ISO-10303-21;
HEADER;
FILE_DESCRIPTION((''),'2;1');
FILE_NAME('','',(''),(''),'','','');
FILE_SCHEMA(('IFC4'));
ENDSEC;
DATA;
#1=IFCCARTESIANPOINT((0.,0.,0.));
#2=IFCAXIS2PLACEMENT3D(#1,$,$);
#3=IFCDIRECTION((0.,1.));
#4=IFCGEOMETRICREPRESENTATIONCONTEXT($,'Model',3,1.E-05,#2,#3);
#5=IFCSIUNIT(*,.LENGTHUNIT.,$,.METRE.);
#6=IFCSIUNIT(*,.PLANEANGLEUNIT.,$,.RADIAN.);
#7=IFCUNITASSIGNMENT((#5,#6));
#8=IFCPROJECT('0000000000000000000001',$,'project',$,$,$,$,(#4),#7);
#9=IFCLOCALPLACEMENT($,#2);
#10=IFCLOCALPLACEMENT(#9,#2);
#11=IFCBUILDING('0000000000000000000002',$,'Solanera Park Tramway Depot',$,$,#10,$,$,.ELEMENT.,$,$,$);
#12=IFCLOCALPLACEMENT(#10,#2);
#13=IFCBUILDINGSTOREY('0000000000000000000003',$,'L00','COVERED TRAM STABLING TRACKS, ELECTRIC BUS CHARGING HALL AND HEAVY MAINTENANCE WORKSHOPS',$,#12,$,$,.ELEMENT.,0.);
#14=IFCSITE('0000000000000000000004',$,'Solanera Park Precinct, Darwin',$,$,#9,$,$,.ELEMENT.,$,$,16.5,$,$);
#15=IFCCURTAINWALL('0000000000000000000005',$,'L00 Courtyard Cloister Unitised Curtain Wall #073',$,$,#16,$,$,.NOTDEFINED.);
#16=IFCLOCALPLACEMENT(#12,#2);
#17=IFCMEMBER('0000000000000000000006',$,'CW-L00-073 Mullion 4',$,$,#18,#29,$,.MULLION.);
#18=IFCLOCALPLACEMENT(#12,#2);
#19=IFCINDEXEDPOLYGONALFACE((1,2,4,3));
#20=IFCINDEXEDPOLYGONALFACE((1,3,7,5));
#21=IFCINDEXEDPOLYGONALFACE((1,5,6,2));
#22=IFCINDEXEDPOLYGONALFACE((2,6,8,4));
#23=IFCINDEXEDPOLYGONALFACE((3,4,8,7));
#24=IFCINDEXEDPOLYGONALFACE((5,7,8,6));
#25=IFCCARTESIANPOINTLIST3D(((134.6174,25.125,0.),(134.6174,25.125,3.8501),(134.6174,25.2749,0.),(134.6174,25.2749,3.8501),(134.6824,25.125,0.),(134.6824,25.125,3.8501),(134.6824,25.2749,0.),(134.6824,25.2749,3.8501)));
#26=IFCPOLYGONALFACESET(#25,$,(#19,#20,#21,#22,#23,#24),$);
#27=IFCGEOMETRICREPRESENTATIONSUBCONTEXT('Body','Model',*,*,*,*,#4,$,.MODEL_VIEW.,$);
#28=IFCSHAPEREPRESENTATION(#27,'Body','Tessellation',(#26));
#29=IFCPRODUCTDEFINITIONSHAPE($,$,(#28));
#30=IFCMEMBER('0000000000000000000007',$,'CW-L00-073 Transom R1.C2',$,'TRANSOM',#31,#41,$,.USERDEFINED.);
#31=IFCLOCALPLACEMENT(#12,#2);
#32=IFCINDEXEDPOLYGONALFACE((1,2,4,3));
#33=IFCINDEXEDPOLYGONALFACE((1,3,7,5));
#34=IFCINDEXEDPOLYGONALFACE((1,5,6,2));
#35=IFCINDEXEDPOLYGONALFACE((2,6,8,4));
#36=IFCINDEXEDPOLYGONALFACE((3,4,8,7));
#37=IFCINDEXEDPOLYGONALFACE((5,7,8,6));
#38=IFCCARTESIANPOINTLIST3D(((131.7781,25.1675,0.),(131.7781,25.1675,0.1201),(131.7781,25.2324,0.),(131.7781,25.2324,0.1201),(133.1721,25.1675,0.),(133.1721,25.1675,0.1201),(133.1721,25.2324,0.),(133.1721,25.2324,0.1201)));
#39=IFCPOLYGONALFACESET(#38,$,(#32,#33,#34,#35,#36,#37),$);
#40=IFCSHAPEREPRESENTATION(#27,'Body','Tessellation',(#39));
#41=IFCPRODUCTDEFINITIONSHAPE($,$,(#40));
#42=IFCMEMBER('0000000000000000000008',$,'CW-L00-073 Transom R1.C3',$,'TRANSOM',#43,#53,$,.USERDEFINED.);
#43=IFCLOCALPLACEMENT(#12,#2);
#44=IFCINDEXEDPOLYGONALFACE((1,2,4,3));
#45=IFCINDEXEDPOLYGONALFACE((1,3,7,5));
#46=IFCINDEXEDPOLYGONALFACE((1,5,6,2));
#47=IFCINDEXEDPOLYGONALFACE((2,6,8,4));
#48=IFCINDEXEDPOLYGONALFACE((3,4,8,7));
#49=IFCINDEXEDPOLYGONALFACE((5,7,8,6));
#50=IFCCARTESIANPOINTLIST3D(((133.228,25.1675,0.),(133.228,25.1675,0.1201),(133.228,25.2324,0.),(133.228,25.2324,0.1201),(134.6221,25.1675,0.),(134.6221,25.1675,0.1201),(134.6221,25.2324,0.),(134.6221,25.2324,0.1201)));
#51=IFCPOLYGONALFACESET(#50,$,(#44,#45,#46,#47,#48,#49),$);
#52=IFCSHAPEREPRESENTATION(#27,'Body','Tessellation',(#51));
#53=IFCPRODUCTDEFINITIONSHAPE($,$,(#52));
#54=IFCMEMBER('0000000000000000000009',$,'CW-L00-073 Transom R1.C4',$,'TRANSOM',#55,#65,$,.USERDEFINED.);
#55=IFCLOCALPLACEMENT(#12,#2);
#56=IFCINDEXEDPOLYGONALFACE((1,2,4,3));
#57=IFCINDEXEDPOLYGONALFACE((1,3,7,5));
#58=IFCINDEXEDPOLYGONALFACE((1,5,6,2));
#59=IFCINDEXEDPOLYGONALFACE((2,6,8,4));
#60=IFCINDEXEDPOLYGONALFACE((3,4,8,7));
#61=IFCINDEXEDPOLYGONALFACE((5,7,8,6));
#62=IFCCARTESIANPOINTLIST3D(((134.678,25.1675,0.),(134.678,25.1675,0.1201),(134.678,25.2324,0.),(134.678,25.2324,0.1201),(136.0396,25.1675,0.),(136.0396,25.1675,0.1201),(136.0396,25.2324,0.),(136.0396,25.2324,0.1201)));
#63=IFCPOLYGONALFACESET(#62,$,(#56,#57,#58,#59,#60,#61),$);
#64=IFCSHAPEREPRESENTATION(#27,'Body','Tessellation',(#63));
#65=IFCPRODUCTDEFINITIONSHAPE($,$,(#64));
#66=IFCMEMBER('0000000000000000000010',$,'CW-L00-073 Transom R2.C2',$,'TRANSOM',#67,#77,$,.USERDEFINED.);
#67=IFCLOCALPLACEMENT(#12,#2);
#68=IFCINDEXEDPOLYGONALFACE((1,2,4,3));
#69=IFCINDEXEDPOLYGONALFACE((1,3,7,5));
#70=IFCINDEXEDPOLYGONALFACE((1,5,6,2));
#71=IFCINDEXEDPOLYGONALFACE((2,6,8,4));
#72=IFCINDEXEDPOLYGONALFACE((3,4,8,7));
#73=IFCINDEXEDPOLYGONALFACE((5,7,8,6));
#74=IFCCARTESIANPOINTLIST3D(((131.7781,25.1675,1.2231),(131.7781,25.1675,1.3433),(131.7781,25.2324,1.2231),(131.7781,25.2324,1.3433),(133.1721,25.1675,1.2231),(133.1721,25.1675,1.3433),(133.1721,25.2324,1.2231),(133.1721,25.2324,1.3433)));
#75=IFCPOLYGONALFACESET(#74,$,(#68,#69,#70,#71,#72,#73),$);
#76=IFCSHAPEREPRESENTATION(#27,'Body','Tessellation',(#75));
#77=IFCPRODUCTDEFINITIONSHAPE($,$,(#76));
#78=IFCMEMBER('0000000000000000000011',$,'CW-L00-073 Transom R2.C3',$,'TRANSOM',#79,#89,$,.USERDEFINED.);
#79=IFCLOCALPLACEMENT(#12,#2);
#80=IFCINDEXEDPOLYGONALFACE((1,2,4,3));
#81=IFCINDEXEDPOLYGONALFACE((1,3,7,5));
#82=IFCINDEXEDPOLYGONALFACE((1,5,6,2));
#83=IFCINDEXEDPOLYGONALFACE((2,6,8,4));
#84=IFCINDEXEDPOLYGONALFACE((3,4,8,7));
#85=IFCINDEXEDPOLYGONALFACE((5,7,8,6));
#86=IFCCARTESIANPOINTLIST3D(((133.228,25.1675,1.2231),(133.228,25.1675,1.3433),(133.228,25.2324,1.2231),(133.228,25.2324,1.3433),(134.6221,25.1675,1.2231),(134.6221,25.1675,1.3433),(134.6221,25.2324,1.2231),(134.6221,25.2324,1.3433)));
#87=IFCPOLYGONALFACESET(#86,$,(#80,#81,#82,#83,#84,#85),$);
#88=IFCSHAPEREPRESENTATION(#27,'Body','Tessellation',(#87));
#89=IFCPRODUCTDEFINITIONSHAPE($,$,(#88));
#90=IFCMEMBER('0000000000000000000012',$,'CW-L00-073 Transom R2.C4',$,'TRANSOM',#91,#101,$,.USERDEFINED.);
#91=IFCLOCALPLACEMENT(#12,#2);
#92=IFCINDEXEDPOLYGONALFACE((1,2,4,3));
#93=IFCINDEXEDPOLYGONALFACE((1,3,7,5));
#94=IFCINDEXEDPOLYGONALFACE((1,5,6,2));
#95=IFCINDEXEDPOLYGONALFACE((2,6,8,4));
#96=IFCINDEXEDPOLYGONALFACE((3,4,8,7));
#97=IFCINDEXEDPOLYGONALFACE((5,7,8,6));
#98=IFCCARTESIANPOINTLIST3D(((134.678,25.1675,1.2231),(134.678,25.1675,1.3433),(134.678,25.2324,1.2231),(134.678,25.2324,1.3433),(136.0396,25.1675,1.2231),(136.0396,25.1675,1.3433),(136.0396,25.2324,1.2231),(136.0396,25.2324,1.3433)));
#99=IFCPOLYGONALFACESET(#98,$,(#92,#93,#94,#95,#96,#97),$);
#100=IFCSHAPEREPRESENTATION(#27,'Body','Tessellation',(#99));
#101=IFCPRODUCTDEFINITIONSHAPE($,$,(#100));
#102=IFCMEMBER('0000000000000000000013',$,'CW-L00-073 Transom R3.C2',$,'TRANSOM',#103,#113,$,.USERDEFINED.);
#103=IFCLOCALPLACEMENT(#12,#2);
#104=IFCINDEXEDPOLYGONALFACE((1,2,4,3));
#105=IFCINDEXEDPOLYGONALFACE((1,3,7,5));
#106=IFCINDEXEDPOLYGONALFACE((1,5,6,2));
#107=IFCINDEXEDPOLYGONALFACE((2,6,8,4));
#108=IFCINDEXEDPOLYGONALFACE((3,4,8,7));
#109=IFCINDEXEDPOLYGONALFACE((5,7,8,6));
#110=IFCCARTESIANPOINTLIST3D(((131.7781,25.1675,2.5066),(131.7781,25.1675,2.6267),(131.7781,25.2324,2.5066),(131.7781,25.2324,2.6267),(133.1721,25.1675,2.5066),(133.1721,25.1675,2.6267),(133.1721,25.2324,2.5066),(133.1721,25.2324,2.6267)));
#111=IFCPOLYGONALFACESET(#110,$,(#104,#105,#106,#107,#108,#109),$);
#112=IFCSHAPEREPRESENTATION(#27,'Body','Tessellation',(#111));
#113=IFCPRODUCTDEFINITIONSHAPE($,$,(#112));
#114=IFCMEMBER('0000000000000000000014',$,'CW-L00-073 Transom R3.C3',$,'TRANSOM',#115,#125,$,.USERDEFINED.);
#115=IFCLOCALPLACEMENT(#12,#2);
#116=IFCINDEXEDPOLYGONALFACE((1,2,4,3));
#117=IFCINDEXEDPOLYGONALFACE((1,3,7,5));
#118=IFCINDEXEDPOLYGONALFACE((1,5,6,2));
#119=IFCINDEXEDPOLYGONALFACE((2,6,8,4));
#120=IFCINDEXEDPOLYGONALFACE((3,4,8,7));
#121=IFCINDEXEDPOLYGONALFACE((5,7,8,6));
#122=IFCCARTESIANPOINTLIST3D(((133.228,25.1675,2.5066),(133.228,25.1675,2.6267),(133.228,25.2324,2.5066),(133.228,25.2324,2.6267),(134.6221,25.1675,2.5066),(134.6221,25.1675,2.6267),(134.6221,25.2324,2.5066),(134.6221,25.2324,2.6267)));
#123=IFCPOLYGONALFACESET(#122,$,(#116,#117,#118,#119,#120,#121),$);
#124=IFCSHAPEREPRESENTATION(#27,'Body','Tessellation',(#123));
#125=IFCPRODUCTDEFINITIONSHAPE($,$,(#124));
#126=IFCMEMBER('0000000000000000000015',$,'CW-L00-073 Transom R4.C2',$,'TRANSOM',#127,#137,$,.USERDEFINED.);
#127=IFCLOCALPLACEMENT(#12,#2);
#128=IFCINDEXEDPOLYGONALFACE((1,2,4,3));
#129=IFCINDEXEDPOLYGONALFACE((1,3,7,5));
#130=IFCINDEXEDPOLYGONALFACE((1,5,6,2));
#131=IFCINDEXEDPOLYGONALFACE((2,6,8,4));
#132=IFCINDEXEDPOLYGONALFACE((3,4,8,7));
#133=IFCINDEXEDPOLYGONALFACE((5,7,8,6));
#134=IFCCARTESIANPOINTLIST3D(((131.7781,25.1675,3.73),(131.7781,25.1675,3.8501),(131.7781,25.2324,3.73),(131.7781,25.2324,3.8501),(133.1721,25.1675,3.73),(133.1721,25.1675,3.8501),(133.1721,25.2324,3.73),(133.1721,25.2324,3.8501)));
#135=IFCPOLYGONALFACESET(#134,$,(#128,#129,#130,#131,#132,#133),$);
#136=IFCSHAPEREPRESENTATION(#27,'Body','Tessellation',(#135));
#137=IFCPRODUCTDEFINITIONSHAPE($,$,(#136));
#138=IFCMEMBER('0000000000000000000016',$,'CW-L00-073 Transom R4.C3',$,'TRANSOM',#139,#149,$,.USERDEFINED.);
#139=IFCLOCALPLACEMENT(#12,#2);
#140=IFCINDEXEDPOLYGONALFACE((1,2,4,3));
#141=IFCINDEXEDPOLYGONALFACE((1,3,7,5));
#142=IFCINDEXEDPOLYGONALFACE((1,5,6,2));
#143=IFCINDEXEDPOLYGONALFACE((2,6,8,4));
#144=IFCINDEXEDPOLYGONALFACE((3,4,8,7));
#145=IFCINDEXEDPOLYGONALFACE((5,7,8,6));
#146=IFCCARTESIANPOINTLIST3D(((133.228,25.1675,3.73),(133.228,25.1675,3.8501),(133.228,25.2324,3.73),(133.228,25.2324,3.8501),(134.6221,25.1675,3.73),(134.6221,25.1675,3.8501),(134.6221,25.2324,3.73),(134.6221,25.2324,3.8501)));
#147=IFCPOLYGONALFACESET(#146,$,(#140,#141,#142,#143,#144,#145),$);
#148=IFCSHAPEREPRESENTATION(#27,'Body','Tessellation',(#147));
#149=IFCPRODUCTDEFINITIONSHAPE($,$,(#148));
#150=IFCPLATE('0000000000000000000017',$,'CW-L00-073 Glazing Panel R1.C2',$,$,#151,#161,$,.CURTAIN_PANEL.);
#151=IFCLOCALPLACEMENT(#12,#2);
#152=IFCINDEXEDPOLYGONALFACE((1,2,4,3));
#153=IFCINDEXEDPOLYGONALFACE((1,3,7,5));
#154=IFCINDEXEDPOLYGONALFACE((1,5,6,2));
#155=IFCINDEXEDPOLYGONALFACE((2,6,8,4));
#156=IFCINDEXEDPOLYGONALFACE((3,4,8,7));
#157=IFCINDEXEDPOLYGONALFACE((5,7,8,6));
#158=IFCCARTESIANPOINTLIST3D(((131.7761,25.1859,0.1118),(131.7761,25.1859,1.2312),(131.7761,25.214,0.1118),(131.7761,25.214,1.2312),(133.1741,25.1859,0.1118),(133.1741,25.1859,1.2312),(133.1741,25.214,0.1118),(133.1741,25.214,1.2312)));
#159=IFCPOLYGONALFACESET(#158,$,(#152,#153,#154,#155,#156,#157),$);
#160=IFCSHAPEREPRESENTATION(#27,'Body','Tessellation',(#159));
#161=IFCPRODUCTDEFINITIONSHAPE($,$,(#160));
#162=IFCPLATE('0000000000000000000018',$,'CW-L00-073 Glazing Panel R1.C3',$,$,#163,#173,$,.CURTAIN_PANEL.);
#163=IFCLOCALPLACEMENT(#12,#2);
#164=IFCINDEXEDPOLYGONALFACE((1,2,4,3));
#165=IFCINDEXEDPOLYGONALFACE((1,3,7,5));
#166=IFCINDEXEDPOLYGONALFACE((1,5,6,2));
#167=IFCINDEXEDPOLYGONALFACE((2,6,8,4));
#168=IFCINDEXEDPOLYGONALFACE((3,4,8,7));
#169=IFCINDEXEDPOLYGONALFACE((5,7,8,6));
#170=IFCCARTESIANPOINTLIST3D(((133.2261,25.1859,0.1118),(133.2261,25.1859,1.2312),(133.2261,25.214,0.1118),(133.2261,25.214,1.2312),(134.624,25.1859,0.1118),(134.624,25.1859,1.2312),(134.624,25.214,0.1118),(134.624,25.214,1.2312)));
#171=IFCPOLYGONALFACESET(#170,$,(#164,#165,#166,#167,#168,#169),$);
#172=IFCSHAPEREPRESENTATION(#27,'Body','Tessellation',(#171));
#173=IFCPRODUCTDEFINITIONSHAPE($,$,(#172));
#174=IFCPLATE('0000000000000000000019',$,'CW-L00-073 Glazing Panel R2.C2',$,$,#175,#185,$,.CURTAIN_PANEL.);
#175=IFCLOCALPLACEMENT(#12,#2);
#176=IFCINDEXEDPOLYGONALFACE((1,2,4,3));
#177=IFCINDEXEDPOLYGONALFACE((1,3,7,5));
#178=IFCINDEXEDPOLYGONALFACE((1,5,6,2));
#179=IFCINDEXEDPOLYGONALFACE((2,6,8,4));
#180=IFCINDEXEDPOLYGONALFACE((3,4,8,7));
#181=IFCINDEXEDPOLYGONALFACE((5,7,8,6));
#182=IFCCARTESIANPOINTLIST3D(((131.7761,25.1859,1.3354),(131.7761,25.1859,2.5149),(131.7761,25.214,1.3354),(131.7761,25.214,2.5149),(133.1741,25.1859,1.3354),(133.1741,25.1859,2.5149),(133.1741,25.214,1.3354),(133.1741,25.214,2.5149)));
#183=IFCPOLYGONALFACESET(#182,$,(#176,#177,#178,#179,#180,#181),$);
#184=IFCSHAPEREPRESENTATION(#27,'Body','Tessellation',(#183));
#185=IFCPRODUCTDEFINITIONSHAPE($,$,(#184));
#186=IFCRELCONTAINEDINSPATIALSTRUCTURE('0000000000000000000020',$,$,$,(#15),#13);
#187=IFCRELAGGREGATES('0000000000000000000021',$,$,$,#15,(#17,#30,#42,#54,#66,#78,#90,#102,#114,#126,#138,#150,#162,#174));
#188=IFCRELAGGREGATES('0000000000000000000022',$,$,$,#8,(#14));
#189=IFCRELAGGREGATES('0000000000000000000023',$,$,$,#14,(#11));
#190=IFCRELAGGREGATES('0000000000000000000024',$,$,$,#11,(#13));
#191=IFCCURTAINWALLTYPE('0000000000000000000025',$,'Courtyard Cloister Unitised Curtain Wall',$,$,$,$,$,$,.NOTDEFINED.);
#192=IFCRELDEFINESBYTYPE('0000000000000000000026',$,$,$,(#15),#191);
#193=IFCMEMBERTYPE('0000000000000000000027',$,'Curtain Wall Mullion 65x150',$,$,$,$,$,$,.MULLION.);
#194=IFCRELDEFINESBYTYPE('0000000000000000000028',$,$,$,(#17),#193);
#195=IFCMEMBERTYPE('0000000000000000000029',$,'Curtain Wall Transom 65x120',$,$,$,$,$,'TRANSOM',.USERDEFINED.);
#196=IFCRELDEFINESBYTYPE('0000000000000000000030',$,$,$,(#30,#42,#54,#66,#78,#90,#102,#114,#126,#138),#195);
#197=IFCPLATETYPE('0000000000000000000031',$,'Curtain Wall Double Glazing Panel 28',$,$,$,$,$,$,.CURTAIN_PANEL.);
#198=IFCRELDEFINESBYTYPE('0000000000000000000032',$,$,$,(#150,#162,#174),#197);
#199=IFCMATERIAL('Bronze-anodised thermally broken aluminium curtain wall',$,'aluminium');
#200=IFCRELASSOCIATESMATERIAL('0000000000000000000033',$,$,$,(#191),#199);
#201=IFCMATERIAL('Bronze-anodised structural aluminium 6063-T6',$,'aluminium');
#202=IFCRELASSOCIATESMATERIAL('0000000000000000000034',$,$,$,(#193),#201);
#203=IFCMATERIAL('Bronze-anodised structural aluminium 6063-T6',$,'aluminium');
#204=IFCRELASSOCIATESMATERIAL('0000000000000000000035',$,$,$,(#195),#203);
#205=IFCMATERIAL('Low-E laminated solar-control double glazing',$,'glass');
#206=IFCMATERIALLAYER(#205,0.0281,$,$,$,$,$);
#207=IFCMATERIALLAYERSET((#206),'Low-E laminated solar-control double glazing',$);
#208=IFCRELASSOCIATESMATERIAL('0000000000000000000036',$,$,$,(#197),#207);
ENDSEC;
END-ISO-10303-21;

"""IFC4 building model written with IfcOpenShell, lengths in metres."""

from ifc_helpers import new_model, si_unit, direction, frame, origin, origin_2d, place, context, subcontext, project, spatial, rectangle, extrude, material, layer, layer_set, material_profile, profile_set, type_object, element, aggregate, save


model = new_model("IFC4")

# Units and contexts
model_context = context("Model", 3, precision=1e-05, world=origin(), true_north=direction((0.0, 1.0)))
body_context = subcontext(model_context, "Body", "Model", "MODEL_VIEW")
ifc_project = project(units=[si_unit("LENGTHUNIT", "METRE"), si_unit("PLANEANGLEUNIT", "RADIAN")], contexts=[model_context])

# Site, building, storey
site_placement = place(None, origin())
site = spatial("IfcSite", under=ifc_project, at=site_placement, Name="Solanera Park Precinct, Darwin", CompositionType="ELEMENT", RefElevation=16.5)
building_placement = place(site_placement, origin())
building = spatial("IfcBuilding", under=site, at=building_placement, Name="Solanera Park Tramway Depot", CompositionType="ELEMENT")
storey_placement = place(building_placement, origin())
storey = spatial("IfcBuildingStorey", under=building, at=storey_placement, Name="L00", Description="COVERED TRAM STABLING TRACKS, ELECTRIC BUS CHARGING HALL AND HEAVY MAINTENANCE WORKSHOPS", CompositionType="ELEMENT", Elevation=0.0)

# Curtain wall, members, plates
ifc_material_1 = material(Name="Bronze-anodised thermally broken aluminium curtain wall", Category="aluminium")
curtain_wall_type = type_object("IfcCurtainWallType", Name="Courtyard Cloister Unitised Curtain Wall", PredefinedType="NOTDEFINED", material=ifc_material_1)
curtain_wall_placement = place(storey_placement, origin())
curtain_wall = element("IfcCurtainWall", 1, at=curtain_wall_placement, inside=storey, type_object=curtain_wall_type, Name="L00 Courtyard Cloister Unitised Curtain Wall #073", PredefinedType="NOTDEFINED")
ifc_material_2 = material(Name="Bronze-anodised structural aluminium 6063-T6", Category="aluminium")
ifc_material_profile_1 = material_profile(ifc_material_2, rectangle(XDim=0.0649, YDim=0.1499, at=origin_2d()), Name="Curtain Wall Mullion 65x150")
ifc_profile_set_1 = profile_set([ifc_material_profile_1], Name="Bronze-anodised structural aluminium 6063-T6")
member_type_1 = type_object("IfcMemberType", Name="Curtain Wall Mullion 65x150", PredefinedType="MULLION", material=ifc_profile_set_1)
member_1_placement = place(storey_placement, frame((134.6499, 25.2, 0.0), z_axis=(0.0, 0.0, 1.0), x_axis=(1.0, 0.0, 0.0)))
member_1 = element("IfcMember", 2, at=member_1_placement, type_object=member_type_1, Name="CW-L00-073 Mullion 4", PredefinedType="MULLION", context=body_context, shape_type="SweptSolid", body=[
    extrude(rectangle(XDim=0.0649, YDim=0.1499, at=origin_2d()), origin(), (0.0, 0.0, 1.0), 3.8501),
])
ifc_material_3 = material(Name="Bronze-anodised structural aluminium 6063-T6", Category="aluminium")
ifc_material_profile_2 = material_profile(ifc_material_3, rectangle(XDim=0.0649, YDim=0.1201, at=origin_2d()), Name="Curtain Wall Transom 65x120")
ifc_profile_set_2 = profile_set([ifc_material_profile_2], Name="Bronze-anodised structural aluminium 6063-T6")
member_type_2 = type_object("IfcMemberType", Name="Curtain Wall Transom 65x120", ElementType="TRANSOM", PredefinedType="USERDEFINED", material=ifc_profile_set_2)
member_2_placement = place(storey_placement, frame((131.7781, 25.2, 0.0601), z_axis=(1.0, 0.0, 0.0), x_axis=(0.0, 1.0, 0.0)))
member_2 = element("IfcMember", 3, at=member_2_placement, type_object=member_type_2, Name="CW-L00-073 Transom R1.C2", ObjectType="TRANSOM", PredefinedType="USERDEFINED", context=body_context, shape_type="SweptSolid", body=[
    extrude(rectangle(XDim=0.0649, YDim=0.1201, at=origin_2d()), origin(), (0.0, 0.0, 1.0), 1.394),
])
member_3_placement = place(storey_placement, frame((133.228, 25.2, 0.0601), z_axis=(1.0, 0.0, 0.0), x_axis=(0.0, 1.0, 0.0)))
member_3 = element("IfcMember", 4, at=member_3_placement, type_object=member_type_2, Name="CW-L00-073 Transom R1.C3", ObjectType="TRANSOM", PredefinedType="USERDEFINED", context=body_context, shape_type="SweptSolid", body=[
    extrude(rectangle(XDim=0.0649, YDim=0.1201, at=origin_2d()), origin(), (0.0, 0.0, 1.0), 1.394),
])
member_4_placement = place(storey_placement, frame((134.678, 25.2, 0.0601), z_axis=(1.0, 0.0, 0.0), x_axis=(0.0, 1.0, 0.0)))
member_4 = element("IfcMember", 5, at=member_4_placement, type_object=member_type_2, Name="CW-L00-073 Transom R1.C4", ObjectType="TRANSOM", PredefinedType="USERDEFINED", context=body_context, shape_type="SweptSolid", body=[
    extrude(rectangle(XDim=0.0649, YDim=0.1201, at=origin_2d()), origin(), (0.0, 0.0, 1.0), 1.3616),
])
member_5_placement = place(storey_placement, frame((131.7781, 25.2, 1.2832), z_axis=(1.0, 0.0, 0.0), x_axis=(0.0, 1.0, 0.0)))
member_5 = element("IfcMember", 6, at=member_5_placement, type_object=member_type_2, Name="CW-L00-073 Transom R2.C2", ObjectType="TRANSOM", PredefinedType="USERDEFINED", context=body_context, shape_type="SweptSolid", body=[
    extrude(rectangle(XDim=0.0649, YDim=0.1201, at=origin_2d()), origin(), (0.0, 0.0, 1.0), 1.394),
])
member_6_placement = place(storey_placement, frame((133.228, 25.2, 1.2832), z_axis=(1.0, 0.0, 0.0), x_axis=(0.0, 1.0, 0.0)))
member_6 = element("IfcMember", 7, at=member_6_placement, type_object=member_type_2, Name="CW-L00-073 Transom R2.C3", ObjectType="TRANSOM", PredefinedType="USERDEFINED", context=body_context, shape_type="SweptSolid", body=[
    extrude(rectangle(XDim=0.0649, YDim=0.1201, at=origin_2d()), origin(), (0.0, 0.0, 1.0), 1.394),
])
member_7_placement = place(storey_placement, frame((134.678, 25.2, 1.2832), z_axis=(1.0, 0.0, 0.0), x_axis=(0.0, 1.0, 0.0)))
member_7 = element("IfcMember", 8, at=member_7_placement, type_object=member_type_2, Name="CW-L00-073 Transom R2.C4", ObjectType="TRANSOM", PredefinedType="USERDEFINED", context=body_context, shape_type="SweptSolid", body=[
    extrude(rectangle(XDim=0.0649, YDim=0.1201, at=origin_2d()), origin(), (0.0, 0.0, 1.0), 1.3616),
])
member_8_placement = place(storey_placement, frame((131.7781, 25.2, 2.5667), z_axis=(1.0, 0.0, 0.0), x_axis=(0.0, 1.0, 0.0)))
member_8 = element("IfcMember", 9, at=member_8_placement, type_object=member_type_2, Name="CW-L00-073 Transom R3.C2", ObjectType="TRANSOM", PredefinedType="USERDEFINED", context=body_context, shape_type="SweptSolid", body=[
    extrude(rectangle(XDim=0.0649, YDim=0.1201, at=origin_2d()), origin(), (0.0, 0.0, 1.0), 1.394),
])
member_9_placement = place(storey_placement, frame((133.228, 25.2, 2.5667), z_axis=(1.0, 0.0, 0.0), x_axis=(0.0, 1.0, 0.0)))
member_9 = element("IfcMember", 10, at=member_9_placement, type_object=member_type_2, Name="CW-L00-073 Transom R3.C3", ObjectType="TRANSOM", PredefinedType="USERDEFINED", context=body_context, shape_type="SweptSolid", body=[
    extrude(rectangle(XDim=0.0649, YDim=0.1201, at=origin_2d()), origin(), (0.0, 0.0, 1.0), 1.394),
])
member_10_placement = place(storey_placement, frame((131.7781, 25.2, 3.79), z_axis=(1.0, 0.0, 0.0), x_axis=(0.0, 1.0, 0.0)))
member_10 = element("IfcMember", 11, at=member_10_placement, type_object=member_type_2, Name="CW-L00-073 Transom R4.C2", ObjectType="TRANSOM", PredefinedType="USERDEFINED", context=body_context, shape_type="SweptSolid", body=[
    extrude(rectangle(XDim=0.0649, YDim=0.1201, at=origin_2d()), origin(), (0.0, 0.0, 1.0), 1.394),
])
member_11_placement = place(storey_placement, frame((133.228, 25.2, 3.79), z_axis=(1.0, 0.0, 0.0), x_axis=(0.0, 1.0, 0.0)))
member_11 = element("IfcMember", 12, at=member_11_placement, type_object=member_type_2, Name="CW-L00-073 Transom R4.C3", ObjectType="TRANSOM", PredefinedType="USERDEFINED", context=body_context, shape_type="SweptSolid", body=[
    extrude(rectangle(XDim=0.0649, YDim=0.1201, at=origin_2d()), origin(), (0.0, 0.0, 1.0), 1.394),
])
ifc_material_4 = material(Name="Low-E laminated solar-control double glazing", Category="glass")
ifc_layer_1 = layer(ifc_material_4, 0.0281)
ifc_layer_set_1 = layer_set([ifc_layer_1], Name="Low-E laminated solar-control double glazing")
plate_type = type_object("IfcPlateType", Name="Curtain Wall Double Glazing Panel 28", PredefinedType="CURTAIN_PANEL", material=ifc_layer_set_1)
plate_1_placement = place(storey_placement, frame((132.4751, 25.2, 0.1118), z_axis=(0.0, 0.0, 1.0), x_axis=(1.0, 0.0, 0.0)))
plate_1 = element("IfcPlate", 13, at=plate_1_placement, type_object=plate_type, Name="CW-L00-073 Glazing Panel R1.C2", PredefinedType="CURTAIN_PANEL", context=body_context, shape_type="SweptSolid", body=[
    extrude(rectangle(XDim=1.3979, YDim=0.0281, at=origin_2d()), origin(), (0.0, 0.0, 1.0), 1.1194),
])
plate_2_placement = place(storey_placement, frame((133.925, 25.2, 0.1118), z_axis=(0.0, 0.0, 1.0), x_axis=(1.0, 0.0, 0.0)))
plate_2 = element("IfcPlate", 14, at=plate_2_placement, type_object=plate_type, Name="CW-L00-073 Glazing Panel R1.C3", PredefinedType="CURTAIN_PANEL", context=body_context, shape_type="SweptSolid", body=[
    extrude(rectangle(XDim=1.3979, YDim=0.0281, at=origin_2d()), origin(), (0.0, 0.0, 1.0), 1.1194),
])
plate_3_placement = place(storey_placement, frame((132.4751, 25.2, 1.3354), z_axis=(0.0, 0.0, 1.0), x_axis=(1.0, 0.0, 0.0)))
plate_3 = element("IfcPlate", 15, at=plate_3_placement, type_object=plate_type, Name="CW-L00-073 Glazing Panel R2.C2", PredefinedType="CURTAIN_PANEL", context=body_context, shape_type="SweptSolid", body=[
    extrude(rectangle(XDim=1.3979, YDim=0.0281, at=origin_2d()), origin(), (0.0, 0.0, 1.0), 1.1794),
])
aggregate(curtain_wall, [member_1, member_2, member_3, member_4, member_5, member_6, member_7, member_8, member_9, member_10, member_11, plate_1, plate_2, plate_3])

save(model, "model.ifc")
